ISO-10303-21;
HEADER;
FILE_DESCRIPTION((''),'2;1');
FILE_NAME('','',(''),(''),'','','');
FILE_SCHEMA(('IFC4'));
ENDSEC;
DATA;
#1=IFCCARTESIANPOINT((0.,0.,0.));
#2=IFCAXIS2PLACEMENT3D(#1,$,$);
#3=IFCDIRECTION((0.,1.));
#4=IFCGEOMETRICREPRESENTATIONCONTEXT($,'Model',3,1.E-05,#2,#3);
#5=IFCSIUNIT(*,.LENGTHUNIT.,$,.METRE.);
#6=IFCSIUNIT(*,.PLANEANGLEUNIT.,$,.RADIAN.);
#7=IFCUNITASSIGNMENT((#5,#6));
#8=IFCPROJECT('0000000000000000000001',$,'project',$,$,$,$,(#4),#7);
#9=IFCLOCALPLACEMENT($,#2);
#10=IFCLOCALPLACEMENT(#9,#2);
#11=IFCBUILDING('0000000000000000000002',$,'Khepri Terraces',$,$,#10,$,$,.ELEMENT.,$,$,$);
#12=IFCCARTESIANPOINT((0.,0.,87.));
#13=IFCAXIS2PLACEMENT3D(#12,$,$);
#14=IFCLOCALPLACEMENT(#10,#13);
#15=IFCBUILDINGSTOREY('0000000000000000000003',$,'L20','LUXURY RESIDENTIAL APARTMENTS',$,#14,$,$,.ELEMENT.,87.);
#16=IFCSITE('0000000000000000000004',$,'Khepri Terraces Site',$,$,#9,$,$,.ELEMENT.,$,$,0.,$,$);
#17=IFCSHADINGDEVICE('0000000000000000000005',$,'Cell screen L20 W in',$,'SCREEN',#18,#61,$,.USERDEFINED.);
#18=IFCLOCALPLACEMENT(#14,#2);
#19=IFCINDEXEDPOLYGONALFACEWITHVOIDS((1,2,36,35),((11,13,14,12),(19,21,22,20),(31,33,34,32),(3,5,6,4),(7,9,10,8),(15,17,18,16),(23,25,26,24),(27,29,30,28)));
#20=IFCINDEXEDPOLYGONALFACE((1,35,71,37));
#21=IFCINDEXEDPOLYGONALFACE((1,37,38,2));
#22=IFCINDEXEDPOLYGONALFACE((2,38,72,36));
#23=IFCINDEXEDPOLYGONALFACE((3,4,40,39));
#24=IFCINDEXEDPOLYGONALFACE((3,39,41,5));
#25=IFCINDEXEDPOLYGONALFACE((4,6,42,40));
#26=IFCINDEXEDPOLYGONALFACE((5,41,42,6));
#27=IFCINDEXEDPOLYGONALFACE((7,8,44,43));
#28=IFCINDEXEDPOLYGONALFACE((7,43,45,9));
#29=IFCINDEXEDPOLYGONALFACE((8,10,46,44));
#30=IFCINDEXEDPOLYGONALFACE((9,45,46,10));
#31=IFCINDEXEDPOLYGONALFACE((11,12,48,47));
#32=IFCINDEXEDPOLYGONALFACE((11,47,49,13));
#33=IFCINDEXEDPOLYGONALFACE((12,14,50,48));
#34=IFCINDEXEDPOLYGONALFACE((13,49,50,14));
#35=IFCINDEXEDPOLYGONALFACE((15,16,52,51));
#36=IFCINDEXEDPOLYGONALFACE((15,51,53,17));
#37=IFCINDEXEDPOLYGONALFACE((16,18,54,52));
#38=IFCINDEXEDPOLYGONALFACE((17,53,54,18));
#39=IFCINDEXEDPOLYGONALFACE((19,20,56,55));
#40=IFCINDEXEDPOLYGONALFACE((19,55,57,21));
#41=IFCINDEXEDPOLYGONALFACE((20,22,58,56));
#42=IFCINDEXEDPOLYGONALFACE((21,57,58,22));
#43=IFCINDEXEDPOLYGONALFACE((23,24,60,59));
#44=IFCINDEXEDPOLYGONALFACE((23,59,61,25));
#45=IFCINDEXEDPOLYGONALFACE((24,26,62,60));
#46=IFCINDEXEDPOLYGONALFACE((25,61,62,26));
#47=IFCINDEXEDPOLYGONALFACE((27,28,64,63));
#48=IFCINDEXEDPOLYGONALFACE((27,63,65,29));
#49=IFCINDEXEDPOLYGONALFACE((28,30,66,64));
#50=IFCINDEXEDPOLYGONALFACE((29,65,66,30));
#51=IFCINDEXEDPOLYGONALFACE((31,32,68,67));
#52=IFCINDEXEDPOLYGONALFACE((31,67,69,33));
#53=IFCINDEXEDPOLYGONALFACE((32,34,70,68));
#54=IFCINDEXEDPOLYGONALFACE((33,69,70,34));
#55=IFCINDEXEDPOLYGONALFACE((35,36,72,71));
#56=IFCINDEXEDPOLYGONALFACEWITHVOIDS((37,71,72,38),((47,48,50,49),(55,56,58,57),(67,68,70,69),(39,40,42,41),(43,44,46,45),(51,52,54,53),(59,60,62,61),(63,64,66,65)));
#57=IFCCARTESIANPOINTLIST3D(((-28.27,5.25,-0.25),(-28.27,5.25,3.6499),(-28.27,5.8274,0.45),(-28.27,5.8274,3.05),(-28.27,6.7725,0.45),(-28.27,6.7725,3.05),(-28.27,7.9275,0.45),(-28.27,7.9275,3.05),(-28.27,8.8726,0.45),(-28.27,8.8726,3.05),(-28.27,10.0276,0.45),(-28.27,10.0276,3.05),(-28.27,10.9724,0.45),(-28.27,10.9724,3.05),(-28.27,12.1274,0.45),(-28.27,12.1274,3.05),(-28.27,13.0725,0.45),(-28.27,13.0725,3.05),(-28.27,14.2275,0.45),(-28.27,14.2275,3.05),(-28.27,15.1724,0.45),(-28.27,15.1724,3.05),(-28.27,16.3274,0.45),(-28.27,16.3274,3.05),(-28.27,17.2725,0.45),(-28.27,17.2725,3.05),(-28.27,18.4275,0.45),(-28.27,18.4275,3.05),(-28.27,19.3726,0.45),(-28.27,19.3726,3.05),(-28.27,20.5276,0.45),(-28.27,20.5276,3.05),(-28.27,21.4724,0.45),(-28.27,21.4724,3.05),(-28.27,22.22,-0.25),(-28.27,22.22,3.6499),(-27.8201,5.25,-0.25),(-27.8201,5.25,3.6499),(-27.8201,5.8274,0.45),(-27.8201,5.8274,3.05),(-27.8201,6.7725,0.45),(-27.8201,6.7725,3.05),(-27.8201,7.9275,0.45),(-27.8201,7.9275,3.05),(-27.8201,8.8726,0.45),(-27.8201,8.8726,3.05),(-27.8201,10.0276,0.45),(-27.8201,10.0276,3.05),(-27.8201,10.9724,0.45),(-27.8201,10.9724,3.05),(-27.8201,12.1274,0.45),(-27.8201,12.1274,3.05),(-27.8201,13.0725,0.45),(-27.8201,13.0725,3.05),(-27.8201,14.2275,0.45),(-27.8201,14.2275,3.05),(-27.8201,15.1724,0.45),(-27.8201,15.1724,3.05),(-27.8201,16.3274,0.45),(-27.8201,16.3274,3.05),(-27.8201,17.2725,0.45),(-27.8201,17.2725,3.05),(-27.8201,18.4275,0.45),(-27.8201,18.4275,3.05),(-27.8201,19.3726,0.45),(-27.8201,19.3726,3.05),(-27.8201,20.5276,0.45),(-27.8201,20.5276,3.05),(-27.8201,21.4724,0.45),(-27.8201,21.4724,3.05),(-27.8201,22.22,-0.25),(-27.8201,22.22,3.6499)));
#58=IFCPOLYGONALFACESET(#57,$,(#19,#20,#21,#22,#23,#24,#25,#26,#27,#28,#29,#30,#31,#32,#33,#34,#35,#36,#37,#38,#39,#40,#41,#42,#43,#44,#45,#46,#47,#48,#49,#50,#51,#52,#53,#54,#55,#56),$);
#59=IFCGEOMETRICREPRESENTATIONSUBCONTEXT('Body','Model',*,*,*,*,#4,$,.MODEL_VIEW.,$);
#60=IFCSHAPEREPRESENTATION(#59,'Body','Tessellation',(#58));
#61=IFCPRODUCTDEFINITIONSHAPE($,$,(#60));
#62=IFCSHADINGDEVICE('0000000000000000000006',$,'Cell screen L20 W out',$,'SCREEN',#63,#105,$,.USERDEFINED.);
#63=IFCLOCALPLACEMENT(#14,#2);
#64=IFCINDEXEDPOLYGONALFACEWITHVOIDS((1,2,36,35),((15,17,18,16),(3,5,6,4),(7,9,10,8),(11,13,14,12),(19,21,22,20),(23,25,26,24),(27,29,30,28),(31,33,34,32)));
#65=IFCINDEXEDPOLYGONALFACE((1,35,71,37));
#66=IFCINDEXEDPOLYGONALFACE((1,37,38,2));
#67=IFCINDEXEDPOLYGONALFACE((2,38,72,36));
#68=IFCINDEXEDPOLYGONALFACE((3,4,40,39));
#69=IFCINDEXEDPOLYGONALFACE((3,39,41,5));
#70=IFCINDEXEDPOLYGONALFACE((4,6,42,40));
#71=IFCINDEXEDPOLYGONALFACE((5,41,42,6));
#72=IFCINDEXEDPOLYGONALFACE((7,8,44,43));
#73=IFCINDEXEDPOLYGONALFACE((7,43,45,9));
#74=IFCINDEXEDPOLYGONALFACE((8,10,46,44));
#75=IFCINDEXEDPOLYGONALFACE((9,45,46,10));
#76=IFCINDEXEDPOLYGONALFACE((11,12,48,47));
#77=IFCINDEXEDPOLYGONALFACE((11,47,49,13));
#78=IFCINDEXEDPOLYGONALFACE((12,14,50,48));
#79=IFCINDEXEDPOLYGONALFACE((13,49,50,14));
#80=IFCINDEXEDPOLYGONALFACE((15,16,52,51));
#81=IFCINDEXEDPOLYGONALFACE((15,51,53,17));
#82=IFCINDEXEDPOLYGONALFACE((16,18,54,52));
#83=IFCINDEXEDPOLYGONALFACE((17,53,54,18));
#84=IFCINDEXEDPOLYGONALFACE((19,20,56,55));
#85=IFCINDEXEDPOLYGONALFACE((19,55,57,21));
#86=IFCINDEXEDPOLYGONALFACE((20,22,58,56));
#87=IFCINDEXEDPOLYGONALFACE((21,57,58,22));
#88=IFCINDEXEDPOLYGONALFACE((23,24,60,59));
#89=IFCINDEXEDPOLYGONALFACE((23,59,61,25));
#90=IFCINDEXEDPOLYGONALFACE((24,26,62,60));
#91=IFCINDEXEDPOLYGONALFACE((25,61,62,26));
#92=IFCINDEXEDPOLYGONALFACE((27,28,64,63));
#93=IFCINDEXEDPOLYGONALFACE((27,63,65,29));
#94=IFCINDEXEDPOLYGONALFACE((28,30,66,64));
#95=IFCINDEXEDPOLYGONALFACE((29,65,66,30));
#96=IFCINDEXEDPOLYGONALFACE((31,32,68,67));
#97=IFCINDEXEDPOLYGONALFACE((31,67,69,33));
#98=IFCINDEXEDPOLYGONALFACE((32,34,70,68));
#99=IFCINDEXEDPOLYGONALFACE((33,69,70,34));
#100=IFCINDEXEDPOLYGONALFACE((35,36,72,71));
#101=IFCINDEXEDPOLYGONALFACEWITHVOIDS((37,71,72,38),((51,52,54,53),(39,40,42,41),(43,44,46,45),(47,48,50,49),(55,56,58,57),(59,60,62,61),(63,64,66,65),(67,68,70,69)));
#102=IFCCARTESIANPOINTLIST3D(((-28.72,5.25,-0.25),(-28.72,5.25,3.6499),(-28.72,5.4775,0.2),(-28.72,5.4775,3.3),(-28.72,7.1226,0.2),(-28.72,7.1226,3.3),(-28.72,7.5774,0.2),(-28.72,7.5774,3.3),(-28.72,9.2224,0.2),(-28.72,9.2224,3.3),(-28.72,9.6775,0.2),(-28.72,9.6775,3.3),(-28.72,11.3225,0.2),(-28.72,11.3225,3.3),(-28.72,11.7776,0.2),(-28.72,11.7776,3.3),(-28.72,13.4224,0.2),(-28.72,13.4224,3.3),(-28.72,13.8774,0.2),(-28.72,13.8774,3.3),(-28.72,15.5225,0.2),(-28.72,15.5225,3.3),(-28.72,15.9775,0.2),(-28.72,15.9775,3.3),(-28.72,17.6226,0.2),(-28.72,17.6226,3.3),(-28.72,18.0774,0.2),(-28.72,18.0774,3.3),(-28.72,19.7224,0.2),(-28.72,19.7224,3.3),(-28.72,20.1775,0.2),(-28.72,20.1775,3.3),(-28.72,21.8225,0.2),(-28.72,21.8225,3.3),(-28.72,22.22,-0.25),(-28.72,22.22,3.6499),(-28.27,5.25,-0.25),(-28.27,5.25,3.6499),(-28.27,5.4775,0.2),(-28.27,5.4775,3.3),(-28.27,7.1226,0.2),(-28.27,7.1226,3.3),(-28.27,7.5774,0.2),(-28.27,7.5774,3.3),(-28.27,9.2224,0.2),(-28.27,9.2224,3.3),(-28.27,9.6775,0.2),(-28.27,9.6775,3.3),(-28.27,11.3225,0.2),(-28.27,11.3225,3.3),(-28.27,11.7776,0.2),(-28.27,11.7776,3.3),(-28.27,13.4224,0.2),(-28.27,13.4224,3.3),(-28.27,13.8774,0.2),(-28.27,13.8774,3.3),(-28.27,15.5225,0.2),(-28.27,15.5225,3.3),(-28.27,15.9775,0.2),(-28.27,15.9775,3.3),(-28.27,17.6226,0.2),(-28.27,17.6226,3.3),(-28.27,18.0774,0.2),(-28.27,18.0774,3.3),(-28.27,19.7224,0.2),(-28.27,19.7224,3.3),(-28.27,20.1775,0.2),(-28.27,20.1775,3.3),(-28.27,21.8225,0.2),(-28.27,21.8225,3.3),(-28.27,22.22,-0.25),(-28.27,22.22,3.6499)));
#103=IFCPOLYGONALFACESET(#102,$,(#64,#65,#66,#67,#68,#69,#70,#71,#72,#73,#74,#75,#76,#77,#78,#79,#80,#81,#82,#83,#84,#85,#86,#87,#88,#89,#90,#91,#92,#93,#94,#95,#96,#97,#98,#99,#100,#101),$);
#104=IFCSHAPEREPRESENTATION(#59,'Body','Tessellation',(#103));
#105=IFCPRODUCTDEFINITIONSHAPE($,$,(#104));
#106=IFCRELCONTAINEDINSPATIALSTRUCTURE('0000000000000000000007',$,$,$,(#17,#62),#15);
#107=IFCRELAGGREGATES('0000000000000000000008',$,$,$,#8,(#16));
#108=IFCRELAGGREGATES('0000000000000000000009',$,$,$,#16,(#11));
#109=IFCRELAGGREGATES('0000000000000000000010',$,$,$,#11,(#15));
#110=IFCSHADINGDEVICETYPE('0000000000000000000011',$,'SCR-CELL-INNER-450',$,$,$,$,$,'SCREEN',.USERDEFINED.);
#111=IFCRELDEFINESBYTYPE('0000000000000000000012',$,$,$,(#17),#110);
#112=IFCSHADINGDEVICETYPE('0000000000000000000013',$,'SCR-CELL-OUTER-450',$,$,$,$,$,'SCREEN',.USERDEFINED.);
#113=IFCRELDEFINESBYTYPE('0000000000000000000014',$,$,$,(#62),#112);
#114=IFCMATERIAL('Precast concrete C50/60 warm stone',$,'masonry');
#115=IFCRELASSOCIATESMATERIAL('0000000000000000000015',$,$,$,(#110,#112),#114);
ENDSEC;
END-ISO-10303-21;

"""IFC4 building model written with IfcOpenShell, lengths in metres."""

from ifc_helpers import new_model, si_unit, direction, frame, origin, place, context, subcontext, project, spatial, polyline, outline, extrude, material, type_object, element, save


model = new_model("IFC4")

# Units and contexts
model_context = context("Model", 3, precision=1e-05, world=origin(), true_north=direction((0.0, 1.0)))
body_context = subcontext(model_context, "Body", "Model", "MODEL_VIEW")
ifc_project = project(units=[si_unit("LENGTHUNIT", "METRE"), si_unit("PLANEANGLEUNIT", "RADIAN")], contexts=[model_context])

# Site, building, storey
site_placement = place(None, origin())
site = spatial("IfcSite", under=ifc_project, at=site_placement, Name="Khepri Terraces Site", CompositionType="ELEMENT", RefElevation=0.0)
building_placement = place(site_placement, origin())
building = spatial("IfcBuilding", under=site, at=building_placement, Name="Khepri Terraces", CompositionType="ELEMENT")
storey_placement = place(building_placement, frame((0.0, 0.0, 87.0)))
storey = spatial("IfcBuildingStorey", under=building, at=storey_placement, Name="L20", Description="LUXURY RESIDENTIAL APARTMENTS", CompositionType="ELEMENT", Elevation=87.0)

# Shared definitions
ifc_material_1 = material(Name="Precast concrete C50/60 warm stone", Category="masonry")

# Shading devices
shading_device_type_1 = type_object("IfcShadingDeviceType", Name="SCR-CELL-INNER-450", ElementType="SCREEN", PredefinedType="USERDEFINED", material=ifc_material_1)
shading_device_1_placement = place(storey_placement, frame((-27.8201, 22.22, -0.25), z_axis=(-1.0, 0.0, 0.0), x_axis=(0.0, -1.0, 0.0)))
element("IfcShadingDevice", 1, at=shading_device_1_placement, inside=storey, type_object=shading_device_type_1, Name="Cell screen L20 W in", ObjectType="SCREEN", PredefinedType="USERDEFINED", context=body_context, shape_type="SweptSolid", body=[
    extrude(outline(polyline([(0.0, 0.0), (16.97, 0.0), (16.97, 3.8999), (0.0, 3.8999), (0.0, 0.0)]), holes=[polyline([(0.7476, 0.7), (1.6924, 0.7), (1.6924, 3.3), (0.7476, 3.3), (0.7476, 0.7)]), polyline([(2.8474, 0.7), (3.7925, 0.7), (3.7925, 3.3), (2.8474, 3.3), (2.8474, 0.7)]), polyline([(4.9475, 0.7), (5.8926, 0.7), (5.8926, 3.3), (4.9475, 3.3), (4.9475, 0.7)]), polyline([(7.0476, 0.7), (7.9924, 0.7), (7.9924, 3.3), (7.0476, 3.3), (7.0476, 0.7)]), polyline([(9.1475, 0.7), (10.0925, 0.7), (10.0925, 3.3), (9.1475, 3.3), (9.1475, 0.7)]), polyline([(11.2476, 0.7), (12.1924, 0.7), (12.1924, 3.3), (11.2476, 3.3), (11.2476, 0.7)]), polyline([(13.3474, 0.7), (14.2925, 0.7), (14.2925, 3.3), (13.3474, 3.3), (13.3474, 0.7)]), polyline([(15.4475, 0.7), (16.3926, 0.7), (16.3926, 3.3), (15.4475, 3.3), (15.4475, 0.7)])]), origin(), (0.0, 0.0, 1.0), 0.45),
])
shading_device_type_2 = type_object("IfcShadingDeviceType", Name="SCR-CELL-OUTER-450", ElementType="SCREEN", PredefinedType="USERDEFINED", material=ifc_material_1)
shading_device_2_placement = place(storey_placement, frame((-28.27, 22.22, -0.25), z_axis=(-1.0, 0.0, 0.0), x_axis=(0.0, -1.0, 0.0)))
element("IfcShadingDevice", 2, at=shading_device_2_placement, inside=storey, type_object=shading_device_type_2, Name="Cell screen L20 W out", ObjectType="SCREEN", PredefinedType="USERDEFINED", context=body_context, shape_type="SweptSolid", body=[
    extrude(outline(polyline([(0.0, 0.0), (16.97, 0.0), (16.97, 3.8999), (0.0, 3.8999), (0.0, 0.0)]), holes=[polyline([(0.3975, 0.45), (2.0425, 0.45), (2.0425, 3.55), (0.3975, 3.55), (0.3975, 0.45)]), polyline([(2.4976, 0.45), (4.1426, 0.45), (4.1426, 3.55), (2.4976, 3.55), (2.4976, 0.45)]), polyline([(4.5974, 0.45), (6.2424, 0.45), (6.2424, 3.55), (4.5974, 3.55), (4.5974, 0.45)]), polyline([(6.6975, 0.45), (8.3425, 0.45), (8.3425, 3.55), (6.6975, 3.55), (6.6975, 0.45)]), polyline([(8.7976, 0.45), (10.4424, 0.45), (10.4424, 3.55), (8.7976, 3.55), (8.7976, 0.45)]), polyline([(10.8975, 0.45), (12.5425, 0.45), (12.5425, 3.55), (10.8975, 3.55), (10.8975, 0.45)]), polyline([(12.9976, 0.45), (14.6426, 0.45), (14.6426, 3.55), (12.9976, 3.55), (12.9976, 0.45)]), polyline([(15.0974, 0.45), (16.7424, 0.45), (16.7424, 3.55), (15.0974, 3.55), (15.0974, 0.45)])]), origin(), (0.0, 0.0, 1.0), 0.45),
])

save(model, "model.ifc")
